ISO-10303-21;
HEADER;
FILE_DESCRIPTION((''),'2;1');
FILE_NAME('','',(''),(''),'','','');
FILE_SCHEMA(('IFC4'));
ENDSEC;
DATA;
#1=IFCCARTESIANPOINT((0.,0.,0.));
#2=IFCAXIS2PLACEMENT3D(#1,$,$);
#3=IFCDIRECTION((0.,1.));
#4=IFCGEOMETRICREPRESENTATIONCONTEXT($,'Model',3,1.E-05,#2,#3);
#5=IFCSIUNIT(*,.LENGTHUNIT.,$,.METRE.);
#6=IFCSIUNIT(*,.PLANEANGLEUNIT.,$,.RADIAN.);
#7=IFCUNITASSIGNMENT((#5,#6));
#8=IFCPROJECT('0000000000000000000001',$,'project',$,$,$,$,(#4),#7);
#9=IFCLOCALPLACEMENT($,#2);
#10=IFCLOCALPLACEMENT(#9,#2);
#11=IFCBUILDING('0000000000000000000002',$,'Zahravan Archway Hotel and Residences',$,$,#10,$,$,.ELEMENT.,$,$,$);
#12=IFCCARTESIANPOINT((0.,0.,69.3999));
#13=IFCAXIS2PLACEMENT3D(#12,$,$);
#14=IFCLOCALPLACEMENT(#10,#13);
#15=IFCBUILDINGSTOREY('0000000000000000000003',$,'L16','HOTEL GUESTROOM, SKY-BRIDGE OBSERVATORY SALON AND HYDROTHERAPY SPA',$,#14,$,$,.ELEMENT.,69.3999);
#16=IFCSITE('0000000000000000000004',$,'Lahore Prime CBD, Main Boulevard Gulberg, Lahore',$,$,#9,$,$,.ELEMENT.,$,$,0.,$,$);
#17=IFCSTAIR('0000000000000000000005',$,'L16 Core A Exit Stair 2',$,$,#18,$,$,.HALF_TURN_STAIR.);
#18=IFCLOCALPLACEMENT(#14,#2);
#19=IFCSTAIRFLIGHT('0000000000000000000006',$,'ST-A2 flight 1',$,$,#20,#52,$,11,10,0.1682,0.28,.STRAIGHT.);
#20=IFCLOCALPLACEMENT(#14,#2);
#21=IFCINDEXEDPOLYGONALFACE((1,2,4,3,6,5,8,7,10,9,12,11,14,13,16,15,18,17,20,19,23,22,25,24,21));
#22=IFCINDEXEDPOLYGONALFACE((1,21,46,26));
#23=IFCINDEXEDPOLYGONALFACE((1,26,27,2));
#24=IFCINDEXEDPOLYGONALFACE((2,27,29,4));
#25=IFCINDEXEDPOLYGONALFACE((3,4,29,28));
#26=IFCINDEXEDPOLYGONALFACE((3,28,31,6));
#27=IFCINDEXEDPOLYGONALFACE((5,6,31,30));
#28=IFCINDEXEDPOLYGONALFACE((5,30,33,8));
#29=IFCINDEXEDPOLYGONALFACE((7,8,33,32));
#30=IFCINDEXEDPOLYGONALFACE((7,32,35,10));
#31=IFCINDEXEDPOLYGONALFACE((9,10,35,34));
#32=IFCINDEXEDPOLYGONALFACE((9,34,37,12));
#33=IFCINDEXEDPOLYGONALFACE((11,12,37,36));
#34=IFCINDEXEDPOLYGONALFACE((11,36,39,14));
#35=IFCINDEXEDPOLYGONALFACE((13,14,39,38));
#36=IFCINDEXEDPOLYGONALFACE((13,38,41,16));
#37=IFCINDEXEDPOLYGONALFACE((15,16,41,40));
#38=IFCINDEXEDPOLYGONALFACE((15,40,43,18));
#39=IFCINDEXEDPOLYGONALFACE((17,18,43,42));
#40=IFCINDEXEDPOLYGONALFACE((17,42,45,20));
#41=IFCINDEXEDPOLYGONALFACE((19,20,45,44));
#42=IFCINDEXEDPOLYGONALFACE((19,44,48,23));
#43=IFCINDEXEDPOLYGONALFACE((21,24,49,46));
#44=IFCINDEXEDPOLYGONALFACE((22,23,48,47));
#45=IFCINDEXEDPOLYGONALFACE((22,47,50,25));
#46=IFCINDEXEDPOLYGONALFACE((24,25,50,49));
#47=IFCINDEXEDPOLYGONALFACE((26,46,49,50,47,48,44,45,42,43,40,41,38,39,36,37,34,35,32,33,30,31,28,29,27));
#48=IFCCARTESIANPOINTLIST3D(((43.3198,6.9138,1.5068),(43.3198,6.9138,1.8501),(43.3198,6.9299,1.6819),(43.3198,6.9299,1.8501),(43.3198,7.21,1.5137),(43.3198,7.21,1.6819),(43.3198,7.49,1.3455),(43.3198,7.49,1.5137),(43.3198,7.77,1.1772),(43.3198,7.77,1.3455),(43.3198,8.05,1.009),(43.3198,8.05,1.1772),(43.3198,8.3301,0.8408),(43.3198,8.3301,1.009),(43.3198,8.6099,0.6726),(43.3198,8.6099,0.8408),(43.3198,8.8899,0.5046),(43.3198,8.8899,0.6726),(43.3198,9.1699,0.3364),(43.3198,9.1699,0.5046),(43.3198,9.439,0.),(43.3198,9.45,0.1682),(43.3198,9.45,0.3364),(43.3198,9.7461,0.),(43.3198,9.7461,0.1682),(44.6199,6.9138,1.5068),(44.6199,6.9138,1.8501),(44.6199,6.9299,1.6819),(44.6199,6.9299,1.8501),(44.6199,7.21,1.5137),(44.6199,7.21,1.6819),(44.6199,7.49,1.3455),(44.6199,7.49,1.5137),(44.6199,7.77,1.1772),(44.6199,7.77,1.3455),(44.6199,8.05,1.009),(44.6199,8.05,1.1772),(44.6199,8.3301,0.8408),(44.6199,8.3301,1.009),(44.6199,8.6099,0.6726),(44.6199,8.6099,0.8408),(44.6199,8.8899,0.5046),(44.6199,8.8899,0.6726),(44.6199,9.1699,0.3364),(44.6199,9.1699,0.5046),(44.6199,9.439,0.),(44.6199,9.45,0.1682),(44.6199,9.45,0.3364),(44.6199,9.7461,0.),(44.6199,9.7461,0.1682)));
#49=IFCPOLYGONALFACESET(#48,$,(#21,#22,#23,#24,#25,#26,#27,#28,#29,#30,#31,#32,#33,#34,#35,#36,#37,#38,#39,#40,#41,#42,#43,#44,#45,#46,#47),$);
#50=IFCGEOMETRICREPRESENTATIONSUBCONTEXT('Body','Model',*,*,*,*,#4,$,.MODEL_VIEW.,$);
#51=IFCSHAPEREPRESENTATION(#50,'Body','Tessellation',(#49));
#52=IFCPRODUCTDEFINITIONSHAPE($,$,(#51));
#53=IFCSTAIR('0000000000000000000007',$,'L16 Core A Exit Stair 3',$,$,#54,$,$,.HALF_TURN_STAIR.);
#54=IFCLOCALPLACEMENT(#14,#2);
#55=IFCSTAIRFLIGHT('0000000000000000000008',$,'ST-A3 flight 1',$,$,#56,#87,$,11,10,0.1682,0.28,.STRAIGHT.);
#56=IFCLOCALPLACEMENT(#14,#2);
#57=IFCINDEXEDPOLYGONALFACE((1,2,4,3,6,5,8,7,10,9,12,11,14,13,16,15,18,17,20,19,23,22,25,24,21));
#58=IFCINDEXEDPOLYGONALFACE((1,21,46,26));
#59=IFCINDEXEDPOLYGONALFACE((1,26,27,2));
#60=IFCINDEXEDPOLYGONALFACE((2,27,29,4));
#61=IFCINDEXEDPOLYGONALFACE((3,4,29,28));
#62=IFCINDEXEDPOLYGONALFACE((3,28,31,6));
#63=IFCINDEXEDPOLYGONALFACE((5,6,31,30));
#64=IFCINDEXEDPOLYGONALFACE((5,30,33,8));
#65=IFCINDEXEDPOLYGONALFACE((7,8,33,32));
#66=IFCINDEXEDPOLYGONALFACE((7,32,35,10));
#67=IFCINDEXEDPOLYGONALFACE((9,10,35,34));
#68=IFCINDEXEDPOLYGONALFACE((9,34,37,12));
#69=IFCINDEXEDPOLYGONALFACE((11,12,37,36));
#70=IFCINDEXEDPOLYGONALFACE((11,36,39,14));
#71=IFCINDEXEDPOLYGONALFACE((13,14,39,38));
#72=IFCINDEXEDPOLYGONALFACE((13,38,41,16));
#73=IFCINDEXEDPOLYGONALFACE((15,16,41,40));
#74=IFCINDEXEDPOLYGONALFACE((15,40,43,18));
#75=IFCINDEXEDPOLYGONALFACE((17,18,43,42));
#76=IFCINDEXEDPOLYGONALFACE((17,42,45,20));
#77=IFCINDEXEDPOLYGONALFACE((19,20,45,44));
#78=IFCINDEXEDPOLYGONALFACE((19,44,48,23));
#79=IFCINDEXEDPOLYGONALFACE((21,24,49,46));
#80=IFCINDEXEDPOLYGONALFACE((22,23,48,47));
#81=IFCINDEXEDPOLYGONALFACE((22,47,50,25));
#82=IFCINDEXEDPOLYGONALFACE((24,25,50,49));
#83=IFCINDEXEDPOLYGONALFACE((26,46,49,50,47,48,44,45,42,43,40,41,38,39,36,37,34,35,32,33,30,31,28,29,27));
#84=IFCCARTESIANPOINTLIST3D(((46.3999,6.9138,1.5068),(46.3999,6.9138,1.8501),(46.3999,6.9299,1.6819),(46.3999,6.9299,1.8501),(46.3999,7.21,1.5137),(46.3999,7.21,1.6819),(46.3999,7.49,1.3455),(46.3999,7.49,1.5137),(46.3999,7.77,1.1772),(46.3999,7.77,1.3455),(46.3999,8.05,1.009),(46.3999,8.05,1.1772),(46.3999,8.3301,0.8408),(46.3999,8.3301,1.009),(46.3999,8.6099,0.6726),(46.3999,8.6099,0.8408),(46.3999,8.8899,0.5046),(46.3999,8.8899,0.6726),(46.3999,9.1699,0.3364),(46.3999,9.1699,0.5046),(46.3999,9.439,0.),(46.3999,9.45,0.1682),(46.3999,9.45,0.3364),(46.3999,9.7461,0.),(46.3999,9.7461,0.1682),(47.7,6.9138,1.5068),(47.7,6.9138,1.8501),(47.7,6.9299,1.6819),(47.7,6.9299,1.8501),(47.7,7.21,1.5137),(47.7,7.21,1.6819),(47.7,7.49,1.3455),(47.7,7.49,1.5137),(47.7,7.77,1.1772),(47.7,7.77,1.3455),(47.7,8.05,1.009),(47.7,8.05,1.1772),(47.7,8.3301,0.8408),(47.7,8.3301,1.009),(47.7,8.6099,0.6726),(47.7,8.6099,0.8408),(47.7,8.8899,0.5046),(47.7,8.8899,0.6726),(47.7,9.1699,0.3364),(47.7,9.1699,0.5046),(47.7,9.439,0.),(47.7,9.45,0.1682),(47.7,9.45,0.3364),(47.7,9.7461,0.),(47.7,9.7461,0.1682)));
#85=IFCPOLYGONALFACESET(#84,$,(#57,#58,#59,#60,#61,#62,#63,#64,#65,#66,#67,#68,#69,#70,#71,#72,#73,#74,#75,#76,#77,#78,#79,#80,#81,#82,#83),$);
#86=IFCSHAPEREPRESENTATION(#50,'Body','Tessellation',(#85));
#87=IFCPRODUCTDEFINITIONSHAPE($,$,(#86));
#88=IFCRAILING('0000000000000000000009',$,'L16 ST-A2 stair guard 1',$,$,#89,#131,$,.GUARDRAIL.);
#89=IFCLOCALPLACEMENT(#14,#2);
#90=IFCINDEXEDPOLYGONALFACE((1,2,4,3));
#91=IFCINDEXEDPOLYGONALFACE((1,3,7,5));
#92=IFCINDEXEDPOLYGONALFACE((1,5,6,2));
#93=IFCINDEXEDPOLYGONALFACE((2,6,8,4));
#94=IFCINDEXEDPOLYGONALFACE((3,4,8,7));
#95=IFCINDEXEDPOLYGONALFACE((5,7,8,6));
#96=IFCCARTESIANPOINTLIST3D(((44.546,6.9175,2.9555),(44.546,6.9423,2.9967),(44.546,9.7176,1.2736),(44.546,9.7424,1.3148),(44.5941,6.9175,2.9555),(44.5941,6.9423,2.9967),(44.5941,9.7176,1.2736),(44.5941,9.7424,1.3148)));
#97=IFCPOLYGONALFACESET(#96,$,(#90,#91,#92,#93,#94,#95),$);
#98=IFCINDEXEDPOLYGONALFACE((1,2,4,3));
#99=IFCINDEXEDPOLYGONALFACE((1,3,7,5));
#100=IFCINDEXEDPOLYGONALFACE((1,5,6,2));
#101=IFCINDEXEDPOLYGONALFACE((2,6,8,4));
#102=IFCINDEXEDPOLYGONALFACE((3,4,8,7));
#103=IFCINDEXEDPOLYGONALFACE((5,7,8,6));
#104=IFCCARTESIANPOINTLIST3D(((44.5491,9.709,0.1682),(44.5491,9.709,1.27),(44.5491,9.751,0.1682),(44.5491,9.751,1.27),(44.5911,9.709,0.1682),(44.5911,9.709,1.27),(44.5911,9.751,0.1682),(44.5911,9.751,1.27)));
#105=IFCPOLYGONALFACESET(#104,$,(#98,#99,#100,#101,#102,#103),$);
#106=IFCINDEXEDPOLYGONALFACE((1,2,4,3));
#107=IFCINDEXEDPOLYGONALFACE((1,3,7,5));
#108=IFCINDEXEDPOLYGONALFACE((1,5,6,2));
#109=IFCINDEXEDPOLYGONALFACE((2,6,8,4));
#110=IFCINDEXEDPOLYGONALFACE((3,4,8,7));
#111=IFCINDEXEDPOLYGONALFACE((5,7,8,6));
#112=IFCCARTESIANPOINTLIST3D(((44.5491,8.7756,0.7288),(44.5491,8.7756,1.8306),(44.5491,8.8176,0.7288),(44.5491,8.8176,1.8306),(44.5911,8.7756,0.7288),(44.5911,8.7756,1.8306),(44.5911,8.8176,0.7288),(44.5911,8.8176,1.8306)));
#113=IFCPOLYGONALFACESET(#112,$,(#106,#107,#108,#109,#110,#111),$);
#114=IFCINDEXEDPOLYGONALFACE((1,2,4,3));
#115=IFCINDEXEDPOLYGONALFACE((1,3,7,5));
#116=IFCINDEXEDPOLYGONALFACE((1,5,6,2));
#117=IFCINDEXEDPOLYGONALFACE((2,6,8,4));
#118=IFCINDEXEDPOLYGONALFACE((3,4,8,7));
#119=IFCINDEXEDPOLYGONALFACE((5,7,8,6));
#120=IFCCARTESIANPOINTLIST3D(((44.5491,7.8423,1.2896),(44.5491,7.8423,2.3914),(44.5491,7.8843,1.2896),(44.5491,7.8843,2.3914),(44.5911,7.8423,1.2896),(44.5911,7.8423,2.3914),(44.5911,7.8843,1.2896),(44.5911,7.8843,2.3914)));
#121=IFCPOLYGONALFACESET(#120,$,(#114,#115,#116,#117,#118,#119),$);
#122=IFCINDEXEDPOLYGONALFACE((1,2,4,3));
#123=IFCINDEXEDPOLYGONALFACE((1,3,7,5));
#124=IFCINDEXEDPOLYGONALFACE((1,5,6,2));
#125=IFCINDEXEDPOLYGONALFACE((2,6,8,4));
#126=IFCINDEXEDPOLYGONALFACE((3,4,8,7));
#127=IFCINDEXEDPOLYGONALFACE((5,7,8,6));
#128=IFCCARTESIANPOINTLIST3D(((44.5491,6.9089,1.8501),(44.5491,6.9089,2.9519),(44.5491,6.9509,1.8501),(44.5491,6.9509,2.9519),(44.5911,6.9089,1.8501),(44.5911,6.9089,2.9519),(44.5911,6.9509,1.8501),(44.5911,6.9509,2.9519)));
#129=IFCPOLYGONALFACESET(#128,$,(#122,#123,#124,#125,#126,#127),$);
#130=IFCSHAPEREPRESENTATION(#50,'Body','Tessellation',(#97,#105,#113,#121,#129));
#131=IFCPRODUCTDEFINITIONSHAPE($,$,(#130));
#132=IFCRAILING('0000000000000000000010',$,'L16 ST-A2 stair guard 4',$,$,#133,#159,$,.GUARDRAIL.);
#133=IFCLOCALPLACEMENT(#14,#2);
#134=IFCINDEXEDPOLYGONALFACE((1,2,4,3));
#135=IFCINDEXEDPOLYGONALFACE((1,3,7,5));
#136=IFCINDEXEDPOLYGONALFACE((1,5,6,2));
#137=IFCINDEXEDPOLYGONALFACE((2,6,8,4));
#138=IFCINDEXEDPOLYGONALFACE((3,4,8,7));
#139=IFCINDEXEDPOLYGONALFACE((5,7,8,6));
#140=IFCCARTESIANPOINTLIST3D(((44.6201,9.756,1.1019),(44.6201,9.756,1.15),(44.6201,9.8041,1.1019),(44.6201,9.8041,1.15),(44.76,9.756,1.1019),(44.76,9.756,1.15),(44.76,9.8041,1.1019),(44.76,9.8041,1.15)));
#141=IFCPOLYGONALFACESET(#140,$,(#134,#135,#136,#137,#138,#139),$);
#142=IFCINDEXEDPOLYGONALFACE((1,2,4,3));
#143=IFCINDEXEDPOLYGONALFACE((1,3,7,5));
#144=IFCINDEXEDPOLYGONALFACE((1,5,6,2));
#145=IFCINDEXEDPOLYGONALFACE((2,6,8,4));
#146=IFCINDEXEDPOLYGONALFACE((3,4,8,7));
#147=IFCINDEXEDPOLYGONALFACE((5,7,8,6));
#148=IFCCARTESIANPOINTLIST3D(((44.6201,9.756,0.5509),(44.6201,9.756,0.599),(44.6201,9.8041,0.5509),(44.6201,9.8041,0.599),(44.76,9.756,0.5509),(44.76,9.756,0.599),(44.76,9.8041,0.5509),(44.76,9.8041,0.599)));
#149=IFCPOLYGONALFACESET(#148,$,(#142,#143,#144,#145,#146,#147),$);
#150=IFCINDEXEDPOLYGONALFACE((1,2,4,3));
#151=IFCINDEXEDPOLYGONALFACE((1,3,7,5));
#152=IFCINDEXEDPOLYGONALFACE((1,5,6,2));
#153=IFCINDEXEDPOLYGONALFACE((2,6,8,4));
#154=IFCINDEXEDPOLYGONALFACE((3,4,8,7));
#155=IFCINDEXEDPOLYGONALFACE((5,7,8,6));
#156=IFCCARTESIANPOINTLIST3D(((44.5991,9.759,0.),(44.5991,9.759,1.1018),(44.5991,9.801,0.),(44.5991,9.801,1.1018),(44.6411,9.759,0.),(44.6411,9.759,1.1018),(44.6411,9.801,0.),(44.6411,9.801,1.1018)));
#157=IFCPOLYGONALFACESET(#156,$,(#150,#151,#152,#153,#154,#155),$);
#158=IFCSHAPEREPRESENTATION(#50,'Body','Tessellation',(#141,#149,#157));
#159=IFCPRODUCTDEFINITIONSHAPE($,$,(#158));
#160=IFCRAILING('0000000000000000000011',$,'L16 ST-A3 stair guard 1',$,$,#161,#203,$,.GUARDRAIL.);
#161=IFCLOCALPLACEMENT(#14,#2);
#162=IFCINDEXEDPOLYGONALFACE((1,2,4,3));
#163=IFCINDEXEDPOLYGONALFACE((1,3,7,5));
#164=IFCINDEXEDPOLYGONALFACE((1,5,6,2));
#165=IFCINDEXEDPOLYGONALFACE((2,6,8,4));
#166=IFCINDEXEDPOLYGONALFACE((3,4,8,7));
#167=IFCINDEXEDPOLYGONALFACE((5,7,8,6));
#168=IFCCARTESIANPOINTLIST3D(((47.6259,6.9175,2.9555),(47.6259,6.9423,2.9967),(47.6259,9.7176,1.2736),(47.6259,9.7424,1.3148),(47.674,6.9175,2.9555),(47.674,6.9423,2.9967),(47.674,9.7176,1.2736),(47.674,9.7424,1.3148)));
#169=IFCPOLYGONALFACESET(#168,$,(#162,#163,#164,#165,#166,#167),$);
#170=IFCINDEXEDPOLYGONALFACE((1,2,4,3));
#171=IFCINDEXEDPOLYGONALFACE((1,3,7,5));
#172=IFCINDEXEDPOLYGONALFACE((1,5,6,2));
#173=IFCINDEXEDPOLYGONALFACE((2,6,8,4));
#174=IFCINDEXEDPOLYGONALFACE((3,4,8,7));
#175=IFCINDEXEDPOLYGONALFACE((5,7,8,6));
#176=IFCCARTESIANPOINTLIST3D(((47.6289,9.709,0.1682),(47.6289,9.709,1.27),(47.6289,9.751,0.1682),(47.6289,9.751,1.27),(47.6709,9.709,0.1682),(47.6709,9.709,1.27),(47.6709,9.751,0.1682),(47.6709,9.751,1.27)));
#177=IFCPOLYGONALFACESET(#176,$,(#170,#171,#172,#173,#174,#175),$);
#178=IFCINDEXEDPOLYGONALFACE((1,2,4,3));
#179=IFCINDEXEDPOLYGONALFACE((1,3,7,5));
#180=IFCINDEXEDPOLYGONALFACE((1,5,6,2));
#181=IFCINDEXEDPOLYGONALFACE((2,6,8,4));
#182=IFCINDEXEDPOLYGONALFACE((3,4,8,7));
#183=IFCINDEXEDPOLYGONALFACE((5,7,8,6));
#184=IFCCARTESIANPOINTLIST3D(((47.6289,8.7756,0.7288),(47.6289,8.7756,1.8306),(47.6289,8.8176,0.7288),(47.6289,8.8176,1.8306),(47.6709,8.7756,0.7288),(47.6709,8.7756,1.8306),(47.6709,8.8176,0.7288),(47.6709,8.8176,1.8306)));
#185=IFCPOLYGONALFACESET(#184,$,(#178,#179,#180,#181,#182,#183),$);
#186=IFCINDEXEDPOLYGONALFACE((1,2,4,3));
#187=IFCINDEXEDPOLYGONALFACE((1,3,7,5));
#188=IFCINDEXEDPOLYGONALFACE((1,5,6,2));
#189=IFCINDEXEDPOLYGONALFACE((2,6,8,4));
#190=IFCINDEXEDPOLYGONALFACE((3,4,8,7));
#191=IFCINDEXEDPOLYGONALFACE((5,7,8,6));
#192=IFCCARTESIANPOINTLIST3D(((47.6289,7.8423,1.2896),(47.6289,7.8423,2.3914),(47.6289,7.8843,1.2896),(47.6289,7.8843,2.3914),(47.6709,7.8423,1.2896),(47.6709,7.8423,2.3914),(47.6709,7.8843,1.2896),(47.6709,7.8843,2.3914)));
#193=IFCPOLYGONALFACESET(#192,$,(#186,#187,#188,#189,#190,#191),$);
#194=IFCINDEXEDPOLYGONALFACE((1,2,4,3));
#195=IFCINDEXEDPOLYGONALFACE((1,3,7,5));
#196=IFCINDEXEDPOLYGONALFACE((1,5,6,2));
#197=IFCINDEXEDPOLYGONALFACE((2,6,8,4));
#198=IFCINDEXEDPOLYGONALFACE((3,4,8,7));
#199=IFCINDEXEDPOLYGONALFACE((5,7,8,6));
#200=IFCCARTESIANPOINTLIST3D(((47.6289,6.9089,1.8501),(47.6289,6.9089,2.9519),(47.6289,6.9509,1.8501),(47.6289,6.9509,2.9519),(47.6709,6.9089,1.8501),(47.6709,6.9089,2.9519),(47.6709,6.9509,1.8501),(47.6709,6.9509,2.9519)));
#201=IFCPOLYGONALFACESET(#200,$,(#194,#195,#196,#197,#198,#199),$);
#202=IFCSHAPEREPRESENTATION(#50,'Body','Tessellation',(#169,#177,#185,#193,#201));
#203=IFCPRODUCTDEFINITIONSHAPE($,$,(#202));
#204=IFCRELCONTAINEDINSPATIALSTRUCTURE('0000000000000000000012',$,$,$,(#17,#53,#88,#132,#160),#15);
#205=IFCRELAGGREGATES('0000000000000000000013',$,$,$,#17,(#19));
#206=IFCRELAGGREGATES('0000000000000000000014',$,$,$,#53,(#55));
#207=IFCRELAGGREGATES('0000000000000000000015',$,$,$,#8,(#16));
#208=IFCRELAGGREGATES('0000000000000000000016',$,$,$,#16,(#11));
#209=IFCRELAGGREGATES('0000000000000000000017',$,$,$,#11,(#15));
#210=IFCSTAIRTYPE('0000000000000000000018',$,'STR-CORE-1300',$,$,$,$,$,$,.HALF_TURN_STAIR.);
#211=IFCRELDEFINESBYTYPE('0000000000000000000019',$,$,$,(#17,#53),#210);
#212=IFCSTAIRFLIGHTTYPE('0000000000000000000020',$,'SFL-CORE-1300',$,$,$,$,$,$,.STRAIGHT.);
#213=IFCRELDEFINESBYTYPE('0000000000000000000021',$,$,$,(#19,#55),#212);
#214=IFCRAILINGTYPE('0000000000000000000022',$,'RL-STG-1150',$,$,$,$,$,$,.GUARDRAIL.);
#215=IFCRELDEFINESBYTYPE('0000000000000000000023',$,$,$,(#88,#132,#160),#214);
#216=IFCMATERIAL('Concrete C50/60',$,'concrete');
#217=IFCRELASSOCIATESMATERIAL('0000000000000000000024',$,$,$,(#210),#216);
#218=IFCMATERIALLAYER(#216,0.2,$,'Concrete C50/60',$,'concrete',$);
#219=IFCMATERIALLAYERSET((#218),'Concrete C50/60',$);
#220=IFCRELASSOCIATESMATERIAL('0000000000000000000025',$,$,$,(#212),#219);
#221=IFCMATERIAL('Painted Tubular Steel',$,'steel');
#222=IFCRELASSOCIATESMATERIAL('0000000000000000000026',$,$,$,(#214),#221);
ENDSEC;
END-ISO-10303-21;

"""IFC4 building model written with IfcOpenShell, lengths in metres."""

from ifc_helpers import new_model, si_unit, direction, frame, origin, origin_2d, place, context, subcontext, project, spatial, polyline, rectangle, outline, extrude, source, transform, mapped, material, layer, layer_set, type_object, element, aggregate, save


model = new_model("IFC4")

# Units and contexts
model_context = context("Model", 3, precision=1e-05, world=origin(), true_north=direction((0.0, 1.0)))
body_context = subcontext(model_context, "Body", "Model", "MODEL_VIEW")
ifc_project = project(units=[si_unit("LENGTHUNIT", "METRE"), si_unit("PLANEANGLEUNIT", "RADIAN")], contexts=[model_context])

# Site, building, storey
site_placement = place(None, origin())
site = spatial("IfcSite", under=ifc_project, at=site_placement, Name="Lahore Prime CBD, Main Boulevard Gulberg, Lahore", CompositionType="ELEMENT", RefElevation=0.0)
building_placement = place(site_placement, origin())
building = spatial("IfcBuilding", under=site, at=building_placement, Name="Zahravan Archway Hotel and Residences", CompositionType="ELEMENT")
storey_placement = place(building_placement, frame((0.0, 0.0, 69.3999)))
storey = spatial("IfcBuildingStorey", under=building, at=storey_placement, Name="L16", Description="HOTEL GUESTROOM, SKY-BRIDGE OBSERVATORY SALON AND HYDROTHERAPY SPA", CompositionType="ELEMENT", Elevation=69.3999)

# Shared definitions
ifc_material_1 = material(Name="Concrete C50/60", Category="concrete")

# Stairs, stair flights
stair_type = type_object("IfcStairType", Name="STR-CORE-1300", PredefinedType="HALF_TURN_STAIR", material=ifc_material_1)
stair_1_placement = place(storey_placement, origin())
stair_1 = element("IfcStair", 1, at=stair_1_placement, inside=storey, type_object=stair_type, Name="L16 Core A Exit Stair 2", PredefinedType="HALF_TURN_STAIR")
ifc_layer_1 = layer(ifc_material_1, 0.2, Name="Concrete C50/60", Category="concrete")
ifc_layer_set_1 = layer_set([ifc_layer_1], Name="Concrete C50/60")
stair_flight_type = type_object("IfcStairFlightType", Name="SFL-CORE-1300", PredefinedType="STRAIGHT", material=ifc_layer_set_1)
shared_shape_1 = source(origin(), body_context, "Body", "SweptSolid", [
    extrude(outline(polyline([(-0.0161, 0.0), (-0.0161, 0.1682), (0.28, 0.1682), (0.28, 0.3364), (0.5601, 0.3364), (0.5601, 0.5046), (0.8401, 0.5046), (0.8401, 0.6726), (1.1201, 0.6726), (1.1201, 0.8408), (1.3999, 0.8408), (1.3999, 1.009), (1.6799, 1.009), (1.6799, 1.1772), (1.96, 1.1772), (1.96, 1.3455), (2.24, 1.3455), (2.24, 1.5137), (2.52, 1.5137), (2.52, 1.6819), (2.8, 1.6819), (2.8, 1.8501), (2.8162, 1.8501), (2.8162, 1.5068), (0.291, 0.0), (-0.0161, 0.0)])), frame((0.0, 0.6499, 0.0), z_axis=(0.0, -1.0, 0.0), x_axis=(1.0, 0.0, 0.0)), (0.0, 0.0, 1.0), 1.3),
])
stair_flight_1_placement = place(storey_placement, frame((43.97, 9.73, 0.0), z_axis=(0.0, 0.0, 1.0), x_axis=(0.0, -1.0, 0.0)))
stair_flight_1 = element("IfcStairFlight", 2, at=stair_flight_1_placement, type_object=stair_flight_type, Name="ST-A2 flight 1", NumberOfRisers=11, NumberOfTreads=10, PredefinedType="STRAIGHT", RiserHeight=0.1682, TreadLength=0.28, context=body_context, shape_type="MappedRepresentation", body=[
    mapped(shared_shape_1, transform((0.0, 0.0, 0.0), scale=1.0)),
])
aggregate(stair_1, [stair_flight_1])
stair_2_placement = place(storey_placement, origin())
stair_2 = element("IfcStair", 3, at=stair_2_placement, inside=storey, type_object=stair_type, Name="L16 Core A Exit Stair 3", PredefinedType="HALF_TURN_STAIR")
stair_flight_2_placement = place(storey_placement, frame((47.05, 9.73, 0.0), z_axis=(0.0, 0.0, 1.0), x_axis=(0.0, -1.0, 0.0)))
stair_flight_2 = element("IfcStairFlight", 4, at=stair_flight_2_placement, type_object=stair_flight_type, Name="ST-A3 flight 1", NumberOfRisers=11, NumberOfTreads=10, PredefinedType="STRAIGHT", RiserHeight=0.1682, TreadLength=0.28, context=body_context, shape_type="MappedRepresentation", body=[
    mapped(shared_shape_1, transform((0.0, 0.0, 0.0), scale=1.0)),
])
aggregate(stair_2, [stair_flight_2])

# Railings
ifc_material_2 = material(Name="Painted Tubular Steel", Category="steel")
railing_type_1 = type_object("IfcRailingType", Name="RL-STG-1150", PredefinedType="GUARDRAIL", material=ifc_material_2)
railing_1_placement = place(storey_placement, frame((44.5701, 9.73, 0.1682)))
element("IfcRailing", 5, at=railing_1_placement, inside=storey, type_object=railing_type_1, Name="L16 ST-A2 stair guard 1", PredefinedType="GUARDRAIL", context=body_context, shape_type="SweptSolid", body=[
    extrude(rectangle(XDim=0.0481, YDim=0.0481, at=origin_2d()), frame((0.0, 0.0, 1.126), z_axis=(0.0, -0.857242, 0.514913), x_axis=(1.0, 0.0, 0.0)), (0.0, 0.0, 1.0), 3.2664),
    extrude(rectangle(XDim=0.042, YDim=0.042, at=origin_2d()), origin(), (0.0, 0.0, 1.0), 1.1018),
    extrude(rectangle(XDim=0.042, YDim=0.042, at=origin_2d()), frame((0.0, -0.9333, 0.5605)), (0.0, 0.0, 1.0), 1.1018),
    extrude(rectangle(XDim=0.042, YDim=0.042, at=origin_2d()), frame((0.0, -1.8667, 1.1213)), (0.0, 0.0, 1.0), 1.1018),
    extrude(rectangle(XDim=0.042, YDim=0.042, at=origin_2d()), frame((0.0, -2.8, 1.6819)), (0.0, 0.0, 1.0), 1.1018),
])
railing_2_placement = place(storey_placement, frame((44.6201, 9.78, 0.0)))
element("IfcRailing", 6, at=railing_2_placement, inside=storey, type_object=railing_type_1, Name="L16 ST-A2 stair guard 4", PredefinedType="GUARDRAIL", context=body_context, shape_type="SweptSolid", body=[
    extrude(rectangle(XDim=0.0481, YDim=0.0481, at=origin_2d()), frame((0.0, 0.0, 1.126), z_axis=(1.0, 0.0, 0.0), x_axis=(0.0, 1.0, 0.0)), (0.0, 0.0, 1.0), 0.1399),
    extrude(rectangle(XDim=0.0481, YDim=0.0481, at=origin_2d()), frame((0.0, 0.0, 0.575), z_axis=(1.0, 0.0, 0.0), x_axis=(0.0, 1.0, 0.0)), (0.0, 0.0, 1.0), 0.1399),
    extrude(rectangle(XDim=0.042, YDim=0.042, at=origin_2d()), origin(), (0.0, 0.0, 1.0), 1.1018),
])
railing_3_placement = place(storey_placement, frame((47.6499, 9.73, 0.1682)))
element("IfcRailing", 7, at=railing_3_placement, inside=storey, type_object=railing_type_1, Name="L16 ST-A3 stair guard 1", PredefinedType="GUARDRAIL", context=body_context, shape_type="SweptSolid", body=[
    extrude(rectangle(XDim=0.0481, YDim=0.0481, at=origin_2d()), frame((0.0, 0.0, 1.126), z_axis=(0.0, -0.857242, 0.514913), x_axis=(1.0, 0.0, 0.0)), (0.0, 0.0, 1.0), 3.2664),
    extrude(rectangle(XDim=0.042, YDim=0.042, at=origin_2d()), origin(), (0.0, 0.0, 1.0), 1.1018),
    extrude(rectangle(XDim=0.042, YDim=0.042, at=origin_2d()), frame((0.0, -0.9333, 0.5605)), (0.0, 0.0, 1.0), 1.1018),
    extrude(rectangle(XDim=0.042, YDim=0.042, at=origin_2d()), frame((0.0, -1.8667, 1.1213)), (0.0, 0.0, 1.0), 1.1018),
    extrude(rectangle(XDim=0.042, YDim=0.042, at=origin_2d()), frame((0.0, -2.8, 1.6819)), (0.0, 0.0, 1.0), 1.1018),
])

save(model, "model.ifc")
